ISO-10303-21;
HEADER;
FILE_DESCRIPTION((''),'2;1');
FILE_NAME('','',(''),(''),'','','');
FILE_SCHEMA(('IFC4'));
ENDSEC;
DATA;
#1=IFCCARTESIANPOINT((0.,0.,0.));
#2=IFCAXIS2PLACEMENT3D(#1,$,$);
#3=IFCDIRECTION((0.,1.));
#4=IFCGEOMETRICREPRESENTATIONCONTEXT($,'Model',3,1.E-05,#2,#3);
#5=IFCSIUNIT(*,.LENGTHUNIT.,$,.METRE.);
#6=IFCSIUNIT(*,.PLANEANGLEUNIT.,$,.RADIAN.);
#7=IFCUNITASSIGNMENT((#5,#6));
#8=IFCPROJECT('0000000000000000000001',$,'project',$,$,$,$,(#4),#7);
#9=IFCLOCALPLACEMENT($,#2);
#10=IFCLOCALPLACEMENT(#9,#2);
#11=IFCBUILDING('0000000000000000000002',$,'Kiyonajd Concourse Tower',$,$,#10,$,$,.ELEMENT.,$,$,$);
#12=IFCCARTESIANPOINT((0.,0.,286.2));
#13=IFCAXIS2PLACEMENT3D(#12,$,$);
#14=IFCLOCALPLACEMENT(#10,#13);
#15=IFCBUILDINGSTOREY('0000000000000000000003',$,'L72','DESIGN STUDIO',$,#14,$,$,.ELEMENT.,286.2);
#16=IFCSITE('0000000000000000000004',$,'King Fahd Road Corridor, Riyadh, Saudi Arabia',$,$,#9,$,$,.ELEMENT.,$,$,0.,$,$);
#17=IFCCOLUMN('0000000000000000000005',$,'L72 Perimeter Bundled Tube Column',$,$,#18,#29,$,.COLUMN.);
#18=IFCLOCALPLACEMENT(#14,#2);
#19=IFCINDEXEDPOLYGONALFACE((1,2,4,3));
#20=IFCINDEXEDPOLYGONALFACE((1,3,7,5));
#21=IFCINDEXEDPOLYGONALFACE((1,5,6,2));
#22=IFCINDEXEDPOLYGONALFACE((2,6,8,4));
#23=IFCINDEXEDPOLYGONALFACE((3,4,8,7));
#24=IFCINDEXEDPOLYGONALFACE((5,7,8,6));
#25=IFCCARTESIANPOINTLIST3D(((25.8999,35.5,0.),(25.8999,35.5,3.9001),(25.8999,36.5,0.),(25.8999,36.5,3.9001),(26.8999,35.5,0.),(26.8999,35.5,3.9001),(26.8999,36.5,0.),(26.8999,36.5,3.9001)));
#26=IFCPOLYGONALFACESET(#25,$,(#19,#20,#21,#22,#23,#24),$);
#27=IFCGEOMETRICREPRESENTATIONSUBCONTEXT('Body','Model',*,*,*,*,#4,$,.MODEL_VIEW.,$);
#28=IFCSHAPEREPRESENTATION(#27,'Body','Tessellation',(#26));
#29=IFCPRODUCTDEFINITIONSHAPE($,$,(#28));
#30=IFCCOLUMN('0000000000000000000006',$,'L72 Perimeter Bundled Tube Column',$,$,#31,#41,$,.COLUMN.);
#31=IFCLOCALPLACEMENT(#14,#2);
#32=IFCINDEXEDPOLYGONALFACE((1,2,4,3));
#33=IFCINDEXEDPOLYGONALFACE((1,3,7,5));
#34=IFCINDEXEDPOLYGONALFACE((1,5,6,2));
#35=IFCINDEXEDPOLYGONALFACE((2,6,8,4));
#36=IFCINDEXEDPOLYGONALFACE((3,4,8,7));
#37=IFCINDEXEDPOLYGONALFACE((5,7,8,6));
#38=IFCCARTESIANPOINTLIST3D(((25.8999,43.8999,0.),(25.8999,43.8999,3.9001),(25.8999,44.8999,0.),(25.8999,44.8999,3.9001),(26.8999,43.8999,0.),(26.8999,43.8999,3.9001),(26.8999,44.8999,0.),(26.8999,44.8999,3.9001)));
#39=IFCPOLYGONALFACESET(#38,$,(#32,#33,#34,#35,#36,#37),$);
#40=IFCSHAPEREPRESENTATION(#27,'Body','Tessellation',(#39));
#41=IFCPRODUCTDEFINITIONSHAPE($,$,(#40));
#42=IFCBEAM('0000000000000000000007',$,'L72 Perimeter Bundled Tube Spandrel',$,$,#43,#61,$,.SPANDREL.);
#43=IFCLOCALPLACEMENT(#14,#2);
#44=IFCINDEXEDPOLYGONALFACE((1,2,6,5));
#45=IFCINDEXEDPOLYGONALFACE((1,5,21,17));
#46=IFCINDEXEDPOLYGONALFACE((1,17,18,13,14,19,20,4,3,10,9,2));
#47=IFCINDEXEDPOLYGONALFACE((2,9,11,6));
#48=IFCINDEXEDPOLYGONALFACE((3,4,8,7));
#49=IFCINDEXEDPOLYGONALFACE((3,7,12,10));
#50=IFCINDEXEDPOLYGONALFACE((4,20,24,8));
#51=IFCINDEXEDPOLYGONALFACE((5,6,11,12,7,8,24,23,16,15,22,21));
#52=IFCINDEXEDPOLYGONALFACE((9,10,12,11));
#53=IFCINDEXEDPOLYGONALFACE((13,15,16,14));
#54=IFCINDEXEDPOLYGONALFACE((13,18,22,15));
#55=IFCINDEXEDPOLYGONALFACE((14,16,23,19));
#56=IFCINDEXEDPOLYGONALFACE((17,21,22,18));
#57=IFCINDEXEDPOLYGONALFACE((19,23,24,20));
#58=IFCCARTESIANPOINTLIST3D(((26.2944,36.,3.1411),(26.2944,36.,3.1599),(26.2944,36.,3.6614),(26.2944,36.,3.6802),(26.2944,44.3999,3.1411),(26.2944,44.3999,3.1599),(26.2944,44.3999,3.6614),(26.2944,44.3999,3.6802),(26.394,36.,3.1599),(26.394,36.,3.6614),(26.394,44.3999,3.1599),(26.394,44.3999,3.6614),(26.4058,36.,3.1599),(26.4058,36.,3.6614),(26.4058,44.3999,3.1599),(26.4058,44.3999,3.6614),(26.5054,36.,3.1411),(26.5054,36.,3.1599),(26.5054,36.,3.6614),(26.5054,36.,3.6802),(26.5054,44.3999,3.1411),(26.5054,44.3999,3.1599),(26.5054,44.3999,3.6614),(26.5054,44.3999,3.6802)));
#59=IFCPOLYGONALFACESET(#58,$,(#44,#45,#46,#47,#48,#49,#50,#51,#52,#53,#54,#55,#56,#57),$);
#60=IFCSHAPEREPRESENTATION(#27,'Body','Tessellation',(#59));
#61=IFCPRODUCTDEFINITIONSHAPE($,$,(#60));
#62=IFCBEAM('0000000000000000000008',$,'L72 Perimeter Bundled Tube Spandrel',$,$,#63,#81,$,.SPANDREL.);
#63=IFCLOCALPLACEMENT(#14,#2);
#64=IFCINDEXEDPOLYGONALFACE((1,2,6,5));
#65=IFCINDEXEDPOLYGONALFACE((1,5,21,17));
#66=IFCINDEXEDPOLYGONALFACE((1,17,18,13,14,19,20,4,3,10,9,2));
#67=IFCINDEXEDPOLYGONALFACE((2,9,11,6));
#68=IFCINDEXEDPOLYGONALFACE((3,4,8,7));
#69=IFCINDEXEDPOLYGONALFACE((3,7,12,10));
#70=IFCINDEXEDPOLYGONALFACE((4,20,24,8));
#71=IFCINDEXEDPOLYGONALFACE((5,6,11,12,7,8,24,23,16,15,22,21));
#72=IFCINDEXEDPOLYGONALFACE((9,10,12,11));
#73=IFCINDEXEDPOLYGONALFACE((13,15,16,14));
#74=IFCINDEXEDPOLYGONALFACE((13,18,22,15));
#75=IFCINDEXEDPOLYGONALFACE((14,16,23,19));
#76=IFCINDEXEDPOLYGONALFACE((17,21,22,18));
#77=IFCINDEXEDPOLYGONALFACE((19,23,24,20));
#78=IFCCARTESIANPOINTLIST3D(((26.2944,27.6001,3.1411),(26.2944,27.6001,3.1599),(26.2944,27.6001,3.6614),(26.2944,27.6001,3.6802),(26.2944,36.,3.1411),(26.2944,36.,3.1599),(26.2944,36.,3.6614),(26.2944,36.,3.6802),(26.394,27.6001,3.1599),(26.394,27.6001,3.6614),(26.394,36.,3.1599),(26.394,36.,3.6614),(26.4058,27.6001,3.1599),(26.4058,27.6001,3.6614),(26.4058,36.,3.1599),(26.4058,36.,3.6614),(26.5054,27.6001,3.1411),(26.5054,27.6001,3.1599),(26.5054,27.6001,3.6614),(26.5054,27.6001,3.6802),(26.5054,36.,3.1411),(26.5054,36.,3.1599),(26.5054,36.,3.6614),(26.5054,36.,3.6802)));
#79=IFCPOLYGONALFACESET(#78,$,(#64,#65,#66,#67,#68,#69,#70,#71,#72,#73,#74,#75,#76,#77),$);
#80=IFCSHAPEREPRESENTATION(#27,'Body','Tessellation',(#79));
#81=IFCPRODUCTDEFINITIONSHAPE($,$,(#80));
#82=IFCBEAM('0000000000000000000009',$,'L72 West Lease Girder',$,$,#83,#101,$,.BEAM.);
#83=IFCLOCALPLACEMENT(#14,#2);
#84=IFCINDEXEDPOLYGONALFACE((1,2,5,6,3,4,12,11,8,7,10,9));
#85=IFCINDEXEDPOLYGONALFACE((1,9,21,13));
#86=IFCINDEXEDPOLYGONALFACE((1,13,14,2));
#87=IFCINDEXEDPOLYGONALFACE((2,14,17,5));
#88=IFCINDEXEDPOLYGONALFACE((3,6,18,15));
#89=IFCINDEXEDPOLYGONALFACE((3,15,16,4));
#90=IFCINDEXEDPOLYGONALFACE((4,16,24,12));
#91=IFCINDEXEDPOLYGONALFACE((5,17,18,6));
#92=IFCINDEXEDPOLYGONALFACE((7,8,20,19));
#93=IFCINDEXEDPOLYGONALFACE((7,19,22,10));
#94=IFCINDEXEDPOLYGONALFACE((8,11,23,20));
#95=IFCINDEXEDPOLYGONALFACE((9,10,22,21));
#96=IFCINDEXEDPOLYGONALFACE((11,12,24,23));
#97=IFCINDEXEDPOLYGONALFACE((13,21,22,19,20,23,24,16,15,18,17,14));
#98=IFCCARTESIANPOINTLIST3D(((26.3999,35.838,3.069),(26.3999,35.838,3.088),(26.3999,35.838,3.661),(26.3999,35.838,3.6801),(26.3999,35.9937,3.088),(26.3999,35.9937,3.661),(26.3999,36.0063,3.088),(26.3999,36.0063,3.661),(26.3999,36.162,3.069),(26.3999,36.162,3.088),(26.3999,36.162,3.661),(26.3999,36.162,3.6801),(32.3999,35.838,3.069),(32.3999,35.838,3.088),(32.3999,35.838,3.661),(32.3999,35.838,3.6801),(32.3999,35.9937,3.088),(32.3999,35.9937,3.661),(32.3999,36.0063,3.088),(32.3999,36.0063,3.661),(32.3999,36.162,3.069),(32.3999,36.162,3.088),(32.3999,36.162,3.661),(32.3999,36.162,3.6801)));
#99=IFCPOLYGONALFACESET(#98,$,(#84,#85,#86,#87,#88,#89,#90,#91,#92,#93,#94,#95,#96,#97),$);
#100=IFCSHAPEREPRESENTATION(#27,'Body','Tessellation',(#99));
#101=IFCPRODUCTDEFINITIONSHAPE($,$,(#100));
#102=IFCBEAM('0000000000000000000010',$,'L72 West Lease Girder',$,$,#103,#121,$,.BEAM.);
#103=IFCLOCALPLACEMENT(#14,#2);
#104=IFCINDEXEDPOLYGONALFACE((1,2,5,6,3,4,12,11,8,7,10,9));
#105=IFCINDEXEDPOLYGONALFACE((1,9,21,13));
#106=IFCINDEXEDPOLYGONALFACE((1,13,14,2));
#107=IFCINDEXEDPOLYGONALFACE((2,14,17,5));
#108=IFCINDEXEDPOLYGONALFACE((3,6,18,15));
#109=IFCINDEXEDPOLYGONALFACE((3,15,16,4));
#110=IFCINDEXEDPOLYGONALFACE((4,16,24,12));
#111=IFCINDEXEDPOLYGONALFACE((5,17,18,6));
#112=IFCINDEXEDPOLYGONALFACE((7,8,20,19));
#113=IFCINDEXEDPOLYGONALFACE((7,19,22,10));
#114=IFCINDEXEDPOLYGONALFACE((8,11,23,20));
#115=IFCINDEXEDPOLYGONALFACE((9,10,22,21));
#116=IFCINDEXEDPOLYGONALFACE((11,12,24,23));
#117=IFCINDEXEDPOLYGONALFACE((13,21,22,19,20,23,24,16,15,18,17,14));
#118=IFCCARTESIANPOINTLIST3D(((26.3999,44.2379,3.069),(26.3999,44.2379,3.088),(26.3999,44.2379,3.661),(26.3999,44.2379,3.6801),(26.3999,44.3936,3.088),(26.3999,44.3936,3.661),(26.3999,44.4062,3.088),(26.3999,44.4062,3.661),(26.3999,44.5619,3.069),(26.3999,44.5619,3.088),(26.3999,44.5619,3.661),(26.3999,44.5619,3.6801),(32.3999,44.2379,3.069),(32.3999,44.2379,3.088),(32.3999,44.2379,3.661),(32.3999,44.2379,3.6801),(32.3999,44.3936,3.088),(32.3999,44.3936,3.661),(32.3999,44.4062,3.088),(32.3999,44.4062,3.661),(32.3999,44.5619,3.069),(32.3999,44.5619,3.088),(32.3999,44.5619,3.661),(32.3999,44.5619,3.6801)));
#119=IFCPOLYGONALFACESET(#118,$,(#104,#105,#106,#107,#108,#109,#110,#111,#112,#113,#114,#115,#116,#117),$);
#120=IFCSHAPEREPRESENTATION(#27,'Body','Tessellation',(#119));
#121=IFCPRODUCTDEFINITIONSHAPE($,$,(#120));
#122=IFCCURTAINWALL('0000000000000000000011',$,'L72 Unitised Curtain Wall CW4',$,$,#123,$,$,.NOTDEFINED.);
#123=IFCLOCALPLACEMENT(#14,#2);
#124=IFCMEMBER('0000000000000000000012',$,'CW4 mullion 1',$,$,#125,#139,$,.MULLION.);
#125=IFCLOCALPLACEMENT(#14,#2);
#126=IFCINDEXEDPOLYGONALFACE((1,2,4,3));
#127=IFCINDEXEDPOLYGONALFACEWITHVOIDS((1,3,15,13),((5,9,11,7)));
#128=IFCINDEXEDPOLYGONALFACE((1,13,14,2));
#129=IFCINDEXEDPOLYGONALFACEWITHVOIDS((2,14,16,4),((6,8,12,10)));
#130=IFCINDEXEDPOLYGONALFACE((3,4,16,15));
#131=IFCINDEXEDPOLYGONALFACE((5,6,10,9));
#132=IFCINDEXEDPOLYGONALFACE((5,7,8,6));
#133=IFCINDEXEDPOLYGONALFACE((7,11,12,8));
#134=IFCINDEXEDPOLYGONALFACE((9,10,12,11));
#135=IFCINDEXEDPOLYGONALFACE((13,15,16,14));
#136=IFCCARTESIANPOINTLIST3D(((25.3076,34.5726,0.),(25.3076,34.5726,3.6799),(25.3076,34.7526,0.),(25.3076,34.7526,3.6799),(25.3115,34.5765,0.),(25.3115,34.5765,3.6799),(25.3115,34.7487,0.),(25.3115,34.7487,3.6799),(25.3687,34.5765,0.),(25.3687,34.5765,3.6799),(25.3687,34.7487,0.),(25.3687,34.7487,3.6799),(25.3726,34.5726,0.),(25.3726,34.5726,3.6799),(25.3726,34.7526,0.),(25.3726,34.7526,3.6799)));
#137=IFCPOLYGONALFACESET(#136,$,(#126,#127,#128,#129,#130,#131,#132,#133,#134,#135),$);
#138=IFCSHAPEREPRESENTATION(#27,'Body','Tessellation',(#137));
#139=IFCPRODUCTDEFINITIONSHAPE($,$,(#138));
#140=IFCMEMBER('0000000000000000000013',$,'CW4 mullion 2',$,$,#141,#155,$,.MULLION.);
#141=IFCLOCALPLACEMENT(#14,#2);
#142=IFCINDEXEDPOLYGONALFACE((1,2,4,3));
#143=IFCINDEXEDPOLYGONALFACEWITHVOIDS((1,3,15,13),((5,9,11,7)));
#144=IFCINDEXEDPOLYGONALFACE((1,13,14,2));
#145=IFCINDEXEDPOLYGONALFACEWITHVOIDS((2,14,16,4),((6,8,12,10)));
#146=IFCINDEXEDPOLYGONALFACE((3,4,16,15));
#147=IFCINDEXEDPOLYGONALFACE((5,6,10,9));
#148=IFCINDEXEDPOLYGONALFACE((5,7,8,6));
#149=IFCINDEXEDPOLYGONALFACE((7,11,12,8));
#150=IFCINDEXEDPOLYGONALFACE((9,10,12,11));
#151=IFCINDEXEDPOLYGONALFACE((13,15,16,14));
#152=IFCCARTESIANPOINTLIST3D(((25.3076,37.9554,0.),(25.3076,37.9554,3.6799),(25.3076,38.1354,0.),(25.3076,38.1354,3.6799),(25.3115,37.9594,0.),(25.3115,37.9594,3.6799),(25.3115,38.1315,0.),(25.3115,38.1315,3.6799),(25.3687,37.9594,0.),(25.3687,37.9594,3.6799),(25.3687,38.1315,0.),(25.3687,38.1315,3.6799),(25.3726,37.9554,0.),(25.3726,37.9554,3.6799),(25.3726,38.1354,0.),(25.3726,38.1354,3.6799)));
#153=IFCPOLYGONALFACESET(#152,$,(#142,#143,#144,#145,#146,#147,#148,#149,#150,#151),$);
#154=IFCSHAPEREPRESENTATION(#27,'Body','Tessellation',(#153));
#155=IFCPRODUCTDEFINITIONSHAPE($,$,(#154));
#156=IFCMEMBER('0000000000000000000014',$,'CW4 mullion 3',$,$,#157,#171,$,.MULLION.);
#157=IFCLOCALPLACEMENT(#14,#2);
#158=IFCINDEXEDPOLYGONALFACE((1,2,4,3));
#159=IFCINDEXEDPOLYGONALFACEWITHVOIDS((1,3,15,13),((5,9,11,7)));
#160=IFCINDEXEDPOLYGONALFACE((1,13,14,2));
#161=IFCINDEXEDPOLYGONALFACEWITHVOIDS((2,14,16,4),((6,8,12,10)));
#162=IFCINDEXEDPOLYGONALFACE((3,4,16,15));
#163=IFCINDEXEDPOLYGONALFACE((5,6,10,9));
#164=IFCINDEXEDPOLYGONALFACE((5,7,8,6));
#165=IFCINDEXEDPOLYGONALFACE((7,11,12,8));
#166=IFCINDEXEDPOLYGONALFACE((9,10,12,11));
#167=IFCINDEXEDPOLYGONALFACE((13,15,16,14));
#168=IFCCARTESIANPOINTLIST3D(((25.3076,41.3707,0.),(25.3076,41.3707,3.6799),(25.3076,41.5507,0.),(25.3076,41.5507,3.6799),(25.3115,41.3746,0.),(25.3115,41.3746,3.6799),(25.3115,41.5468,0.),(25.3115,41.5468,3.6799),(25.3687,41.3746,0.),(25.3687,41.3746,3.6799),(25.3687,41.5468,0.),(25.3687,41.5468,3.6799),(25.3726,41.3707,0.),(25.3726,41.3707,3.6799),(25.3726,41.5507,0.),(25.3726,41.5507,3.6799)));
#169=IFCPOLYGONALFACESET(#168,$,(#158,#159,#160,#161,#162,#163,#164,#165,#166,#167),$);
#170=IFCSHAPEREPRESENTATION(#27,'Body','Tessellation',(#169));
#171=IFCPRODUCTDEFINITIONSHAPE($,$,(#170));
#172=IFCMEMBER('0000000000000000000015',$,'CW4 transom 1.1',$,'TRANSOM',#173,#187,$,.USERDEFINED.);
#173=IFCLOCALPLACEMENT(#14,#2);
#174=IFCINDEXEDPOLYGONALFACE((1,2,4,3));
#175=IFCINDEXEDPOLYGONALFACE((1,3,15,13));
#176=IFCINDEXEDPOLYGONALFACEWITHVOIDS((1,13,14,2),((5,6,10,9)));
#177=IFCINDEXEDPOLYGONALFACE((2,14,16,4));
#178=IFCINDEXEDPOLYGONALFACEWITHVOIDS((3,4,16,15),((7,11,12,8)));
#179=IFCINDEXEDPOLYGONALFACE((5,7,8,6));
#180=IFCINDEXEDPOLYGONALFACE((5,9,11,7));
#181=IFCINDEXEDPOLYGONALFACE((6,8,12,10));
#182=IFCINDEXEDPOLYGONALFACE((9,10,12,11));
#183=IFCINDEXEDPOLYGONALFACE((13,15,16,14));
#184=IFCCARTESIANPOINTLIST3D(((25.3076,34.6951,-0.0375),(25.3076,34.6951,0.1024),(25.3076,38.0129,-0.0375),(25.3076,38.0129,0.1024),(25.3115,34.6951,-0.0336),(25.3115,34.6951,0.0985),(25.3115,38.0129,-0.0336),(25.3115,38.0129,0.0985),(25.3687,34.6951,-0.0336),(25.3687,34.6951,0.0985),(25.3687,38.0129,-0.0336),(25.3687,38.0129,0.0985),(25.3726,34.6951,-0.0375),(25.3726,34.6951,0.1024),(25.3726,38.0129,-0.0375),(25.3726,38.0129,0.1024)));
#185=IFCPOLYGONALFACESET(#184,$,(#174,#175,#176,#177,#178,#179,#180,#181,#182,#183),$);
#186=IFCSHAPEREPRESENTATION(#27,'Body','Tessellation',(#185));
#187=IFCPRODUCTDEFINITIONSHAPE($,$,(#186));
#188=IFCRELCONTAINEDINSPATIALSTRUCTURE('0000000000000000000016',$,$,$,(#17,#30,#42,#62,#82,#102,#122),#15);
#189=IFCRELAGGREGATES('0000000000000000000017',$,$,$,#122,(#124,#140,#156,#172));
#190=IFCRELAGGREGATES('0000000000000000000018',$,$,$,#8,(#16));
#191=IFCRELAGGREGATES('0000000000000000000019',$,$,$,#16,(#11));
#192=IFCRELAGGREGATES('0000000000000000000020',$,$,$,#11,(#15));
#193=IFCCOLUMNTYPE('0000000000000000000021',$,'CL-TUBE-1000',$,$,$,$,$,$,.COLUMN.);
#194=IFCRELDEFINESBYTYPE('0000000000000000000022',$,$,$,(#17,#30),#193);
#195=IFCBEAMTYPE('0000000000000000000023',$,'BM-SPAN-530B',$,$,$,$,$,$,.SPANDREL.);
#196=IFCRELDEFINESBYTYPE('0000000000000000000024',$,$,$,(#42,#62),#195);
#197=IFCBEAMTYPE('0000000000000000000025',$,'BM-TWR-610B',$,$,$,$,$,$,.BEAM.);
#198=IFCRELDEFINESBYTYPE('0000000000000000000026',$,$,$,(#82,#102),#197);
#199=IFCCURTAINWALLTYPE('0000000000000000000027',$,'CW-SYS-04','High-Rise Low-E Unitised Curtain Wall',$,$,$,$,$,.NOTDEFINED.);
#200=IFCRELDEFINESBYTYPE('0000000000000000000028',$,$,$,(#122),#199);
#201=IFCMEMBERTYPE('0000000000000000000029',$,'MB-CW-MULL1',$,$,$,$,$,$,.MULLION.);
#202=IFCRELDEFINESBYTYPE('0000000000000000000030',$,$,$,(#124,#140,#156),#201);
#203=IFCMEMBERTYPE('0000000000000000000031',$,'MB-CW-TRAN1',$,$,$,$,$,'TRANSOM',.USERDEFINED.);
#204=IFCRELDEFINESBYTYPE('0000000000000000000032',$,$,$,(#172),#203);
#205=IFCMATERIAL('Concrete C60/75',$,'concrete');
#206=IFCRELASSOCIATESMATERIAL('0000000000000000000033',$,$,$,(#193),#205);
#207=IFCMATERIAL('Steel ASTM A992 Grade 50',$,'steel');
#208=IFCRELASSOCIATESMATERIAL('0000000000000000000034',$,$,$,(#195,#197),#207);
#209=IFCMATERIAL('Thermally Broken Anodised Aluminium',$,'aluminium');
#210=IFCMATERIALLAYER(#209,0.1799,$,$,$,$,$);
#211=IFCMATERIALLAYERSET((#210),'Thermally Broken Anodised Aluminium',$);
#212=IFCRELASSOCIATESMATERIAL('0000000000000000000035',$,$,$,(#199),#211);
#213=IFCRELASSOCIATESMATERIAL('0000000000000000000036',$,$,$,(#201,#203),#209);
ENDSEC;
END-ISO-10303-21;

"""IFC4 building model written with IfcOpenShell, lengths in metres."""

from ifc_helpers import new_model, si_unit, direction, frame, origin, origin_2d, place, context, subcontext, project, spatial, rectangle, hollow_rectangle, i_section, extrude, material, layer, layer_set, material_profile, profile_set, type_object, element, aggregate, save


model = new_model("IFC4")

# Units and contexts
model_context = context("Model", 3, precision=1e-05, world=origin(), true_north=direction((0.0, 1.0)))
body_context = subcontext(model_context, "Body", "Model", "MODEL_VIEW")
ifc_project = project(units=[si_unit("LENGTHUNIT", "METRE"), si_unit("PLANEANGLEUNIT", "RADIAN")], contexts=[model_context])

# Site, building, storey
site_placement = place(None, origin())
site = spatial("IfcSite", under=ifc_project, at=site_placement, Name="King Fahd Road Corridor, Riyadh, Saudi Arabia", CompositionType="ELEMENT", RefElevation=0.0)
building_placement = place(site_placement, origin())
building = spatial("IfcBuilding", under=site, at=building_placement, Name="Kiyonajd Concourse Tower", CompositionType="ELEMENT")
storey_placement = place(building_placement, frame((0.0, 0.0, 286.2)))
storey = spatial("IfcBuildingStorey", under=building, at=storey_placement, Name="L72", Description="DESIGN STUDIO", CompositionType="ELEMENT", Elevation=286.2)

# Columns
ifc_material_1 = material(Name="Concrete C60/75", Category="concrete")
ifc_material_profile_1 = material_profile(ifc_material_1, rectangle(XDim=1.0, YDim=1.0, at=origin_2d()), Name="RC-1000x1000")
ifc_profile_set_1 = profile_set([ifc_material_profile_1], Name="Concrete C60/75")
column_type = type_object("IfcColumnType", Name="CL-TUBE-1000", PredefinedType="COLUMN", material=ifc_profile_set_1)
for number, where, z_axis, x_axis, name in (
    (1, (26.3999, 36.0, 0.0), (0.0, 0.0, 1.0), (1.0, 0.0, 0.0), "L72 Perimeter Bundled Tube Column"),
    (2, (26.3999, 44.3999, 0.0), (0.0, 0.0, 1.0), (1.0, 0.0, 0.0), "L72 Perimeter Bundled Tube Column"),
):
    element("IfcColumn", number, at=place(storey_placement, frame(where, z_axis=z_axis, x_axis=x_axis)), inside=storey, type_object=column_type, Name=name, PredefinedType="COLUMN", context=body_context, shape_type="SweptSolid", body=[
        extrude(rectangle(XDim=1.0, YDim=1.0, at=origin_2d()), origin(), (0.0, 0.0, 1.0), 3.9001),
    ])

# Beams
ifc_material_2 = material(Name="Steel ASTM A992 Grade 50", Category="steel")
ifc_material_profile_2 = material_profile(ifc_material_2, i_section(OverallWidth=0.2109, OverallDepth=0.5391, WebThickness=0.0117, FlangeThickness=0.0188, at=origin_2d()), Name="W530X109")
ifc_profile_set_2 = profile_set([ifc_material_profile_2], Name="Steel ASTM A992 Grade 50")
beam_type_1 = type_object("IfcBeamType", Name="BM-SPAN-530B", PredefinedType="SPANDREL", material=ifc_profile_set_2)
for number, where, z_axis, x_axis, name in (
    (3, (26.3999, 44.3999, 3.4106), (0.0, -1.0, 0.0), (1.0, 0.0, 0.0), "L72 Perimeter Bundled Tube Spandrel"),
    (4, (26.3999, 36.0, 3.4106), (0.0, -1.0, 0.0), (1.0, 0.0, 0.0), "L72 Perimeter Bundled Tube Spandrel"),
):
    element("IfcBeam", number, at=place(storey_placement, frame(where, z_axis=z_axis, x_axis=x_axis)), inside=storey, type_object=beam_type_1, Name=name, PredefinedType="SPANDREL", context=body_context, shape_type="SweptSolid", body=[
        extrude(i_section(OverallWidth=0.2109, OverallDepth=0.5391, WebThickness=0.0117, FlangeThickness=0.0188, at=origin_2d()), origin(), (0.0, 0.0, 1.0), 8.3999),
    ])
ifc_material_profile_3 = material_profile(ifc_material_2, i_section(OverallWidth=0.324, OverallDepth=0.6111, WebThickness=0.0127, FlangeThickness=0.019, at=origin_2d()), Name="W610X155")
ifc_profile_set_3 = profile_set([ifc_material_profile_3], Name="Steel ASTM A992 Grade 50")
beam_type_2 = type_object("IfcBeamType", Name="BM-TWR-610B", PredefinedType="BEAM", material=ifc_profile_set_3)
for number, where, z_axis, x_axis, name in (
    (5, (26.3999, 36.0, 3.3745), (1.0, 0.0, 0.0), (0.0, 1.0, 0.0), "L72 West Lease Girder"),
    (6, (26.3999, 44.3999, 3.3745), (1.0, 0.0, 0.0), (0.0, 1.0, 0.0), "L72 West Lease Girder"),
):
    element("IfcBeam", number, at=place(storey_placement, frame(where, z_axis=z_axis, x_axis=x_axis)), inside=storey, type_object=beam_type_2, Name=name, PredefinedType="BEAM", context=body_context, shape_type="SweptSolid", body=[
        extrude(i_section(OverallWidth=0.324, OverallDepth=0.6111, WebThickness=0.0127, FlangeThickness=0.019, at=origin_2d()), origin(), (0.0, 0.0, 1.0), 6.0),
    ])

# Curtain wall, members
ifc_material_3 = material(Name="Thermally Broken Anodised Aluminium", Category="aluminium")
ifc_layer_1 = layer(ifc_material_3, 0.1799)
ifc_layer_set_1 = layer_set([ifc_layer_1], Name="Thermally Broken Anodised Aluminium")
curtain_wall_type = type_object("IfcCurtainWallType", Name="CW-SYS-04", Description="High-Rise Low-E Unitised Curtain Wall", PredefinedType="NOTDEFINED", material=ifc_layer_set_1)
curtain_wall_placement = place(storey_placement, origin())
curtain_wall = element("IfcCurtainWall", 7, at=curtain_wall_placement, inside=storey, type_object=curtain_wall_type, Name="L72 Unitised Curtain Wall CW4", PredefinedType="NOTDEFINED")
ifc_material_profile_4 = material_profile(ifc_material_3, hollow_rectangle(XDim=0.0649, YDim=0.1799, WallThickness=0.0039, at=origin_2d()), Name="MULL-65x180")
ifc_profile_set_4 = profile_set([ifc_material_profile_4], Name="Thermally Broken Anodised Aluminium")
member_type_1 = type_object("IfcMemberType", Name="MB-CW-MULL1", PredefinedType="MULLION", material=ifc_profile_set_4)
member_1_placement = place(storey_placement, frame((25.3401, 34.6626, 0.0), z_axis=(0.0, 0.0, 1.0), x_axis=(-1.0, 0.0, 0.0)))
member_1 = element("IfcMember", 8, at=member_1_placement, type_object=member_type_1, Name="CW4 mullion 1", PredefinedType="MULLION", context=body_context, shape_type="SweptSolid", body=[
    extrude(hollow_rectangle(XDim=0.0649, YDim=0.1799, WallThickness=0.0039, at=origin_2d()), origin(), (0.0, 0.0, 1.0), 3.6799),
])
member_2_placement = place(storey_placement, frame((25.3401, 38.0454, 0.0), z_axis=(0.0, 0.0, 1.0), x_axis=(-1.0, 0.0, 0.0)))
member_2 = element("IfcMember", 9, at=member_2_placement, type_object=member_type_1, Name="CW4 mullion 2", PredefinedType="MULLION", context=body_context, shape_type="SweptSolid", body=[
    extrude(hollow_rectangle(XDim=0.0649, YDim=0.1799, WallThickness=0.0039, at=origin_2d()), origin(), (0.0, 0.0, 1.0), 3.6799),
])
member_3_placement = place(storey_placement, frame((25.3401, 41.4607, 0.0), z_axis=(0.0, 0.0, 1.0), x_axis=(-1.0, 0.0, 0.0)))
member_3 = element("IfcMember", 10, at=member_3_placement, type_object=member_type_1, Name="CW4 mullion 3", PredefinedType="MULLION", context=body_context, shape_type="SweptSolid", body=[
    extrude(hollow_rectangle(XDim=0.0649, YDim=0.1799, WallThickness=0.0039, at=origin_2d()), origin(), (0.0, 0.0, 1.0), 3.6799),
])
ifc_material_profile_5 = material_profile(ifc_material_3, hollow_rectangle(XDim=0.0649, YDim=0.1399, WallThickness=0.0039, at=origin_2d()), Name="TRAN-65x140")
ifc_profile_set_5 = profile_set([ifc_material_profile_5], Name="Thermally Broken Anodised Aluminium")
member_type_2 = type_object("IfcMemberType", Name="MB-CW-TRAN1", ElementType="TRANSOM", PredefinedType="USERDEFINED", material=ifc_profile_set_5)
member_4_placement = place(storey_placement, frame((25.3401, 34.6951, 0.0325), z_axis=(0.0, 1.0, 0.0), x_axis=(-1.0, 0.0, 0.0)))
member_4 = element("IfcMember", 11, at=member_4_placement, type_object=member_type_2, Name="CW4 transom 1.1", ObjectType="TRANSOM", PredefinedType="USERDEFINED", context=body_context, shape_type="SweptSolid", body=[
    extrude(hollow_rectangle(XDim=0.0649, YDim=0.1399, WallThickness=0.0039, at=origin_2d()), origin(), (0.0, 0.0, 1.0), 3.3179),
])

aggregate(curtain_wall, [member_1, member_2, member_3, member_4])

save(model, "model.ifc")
